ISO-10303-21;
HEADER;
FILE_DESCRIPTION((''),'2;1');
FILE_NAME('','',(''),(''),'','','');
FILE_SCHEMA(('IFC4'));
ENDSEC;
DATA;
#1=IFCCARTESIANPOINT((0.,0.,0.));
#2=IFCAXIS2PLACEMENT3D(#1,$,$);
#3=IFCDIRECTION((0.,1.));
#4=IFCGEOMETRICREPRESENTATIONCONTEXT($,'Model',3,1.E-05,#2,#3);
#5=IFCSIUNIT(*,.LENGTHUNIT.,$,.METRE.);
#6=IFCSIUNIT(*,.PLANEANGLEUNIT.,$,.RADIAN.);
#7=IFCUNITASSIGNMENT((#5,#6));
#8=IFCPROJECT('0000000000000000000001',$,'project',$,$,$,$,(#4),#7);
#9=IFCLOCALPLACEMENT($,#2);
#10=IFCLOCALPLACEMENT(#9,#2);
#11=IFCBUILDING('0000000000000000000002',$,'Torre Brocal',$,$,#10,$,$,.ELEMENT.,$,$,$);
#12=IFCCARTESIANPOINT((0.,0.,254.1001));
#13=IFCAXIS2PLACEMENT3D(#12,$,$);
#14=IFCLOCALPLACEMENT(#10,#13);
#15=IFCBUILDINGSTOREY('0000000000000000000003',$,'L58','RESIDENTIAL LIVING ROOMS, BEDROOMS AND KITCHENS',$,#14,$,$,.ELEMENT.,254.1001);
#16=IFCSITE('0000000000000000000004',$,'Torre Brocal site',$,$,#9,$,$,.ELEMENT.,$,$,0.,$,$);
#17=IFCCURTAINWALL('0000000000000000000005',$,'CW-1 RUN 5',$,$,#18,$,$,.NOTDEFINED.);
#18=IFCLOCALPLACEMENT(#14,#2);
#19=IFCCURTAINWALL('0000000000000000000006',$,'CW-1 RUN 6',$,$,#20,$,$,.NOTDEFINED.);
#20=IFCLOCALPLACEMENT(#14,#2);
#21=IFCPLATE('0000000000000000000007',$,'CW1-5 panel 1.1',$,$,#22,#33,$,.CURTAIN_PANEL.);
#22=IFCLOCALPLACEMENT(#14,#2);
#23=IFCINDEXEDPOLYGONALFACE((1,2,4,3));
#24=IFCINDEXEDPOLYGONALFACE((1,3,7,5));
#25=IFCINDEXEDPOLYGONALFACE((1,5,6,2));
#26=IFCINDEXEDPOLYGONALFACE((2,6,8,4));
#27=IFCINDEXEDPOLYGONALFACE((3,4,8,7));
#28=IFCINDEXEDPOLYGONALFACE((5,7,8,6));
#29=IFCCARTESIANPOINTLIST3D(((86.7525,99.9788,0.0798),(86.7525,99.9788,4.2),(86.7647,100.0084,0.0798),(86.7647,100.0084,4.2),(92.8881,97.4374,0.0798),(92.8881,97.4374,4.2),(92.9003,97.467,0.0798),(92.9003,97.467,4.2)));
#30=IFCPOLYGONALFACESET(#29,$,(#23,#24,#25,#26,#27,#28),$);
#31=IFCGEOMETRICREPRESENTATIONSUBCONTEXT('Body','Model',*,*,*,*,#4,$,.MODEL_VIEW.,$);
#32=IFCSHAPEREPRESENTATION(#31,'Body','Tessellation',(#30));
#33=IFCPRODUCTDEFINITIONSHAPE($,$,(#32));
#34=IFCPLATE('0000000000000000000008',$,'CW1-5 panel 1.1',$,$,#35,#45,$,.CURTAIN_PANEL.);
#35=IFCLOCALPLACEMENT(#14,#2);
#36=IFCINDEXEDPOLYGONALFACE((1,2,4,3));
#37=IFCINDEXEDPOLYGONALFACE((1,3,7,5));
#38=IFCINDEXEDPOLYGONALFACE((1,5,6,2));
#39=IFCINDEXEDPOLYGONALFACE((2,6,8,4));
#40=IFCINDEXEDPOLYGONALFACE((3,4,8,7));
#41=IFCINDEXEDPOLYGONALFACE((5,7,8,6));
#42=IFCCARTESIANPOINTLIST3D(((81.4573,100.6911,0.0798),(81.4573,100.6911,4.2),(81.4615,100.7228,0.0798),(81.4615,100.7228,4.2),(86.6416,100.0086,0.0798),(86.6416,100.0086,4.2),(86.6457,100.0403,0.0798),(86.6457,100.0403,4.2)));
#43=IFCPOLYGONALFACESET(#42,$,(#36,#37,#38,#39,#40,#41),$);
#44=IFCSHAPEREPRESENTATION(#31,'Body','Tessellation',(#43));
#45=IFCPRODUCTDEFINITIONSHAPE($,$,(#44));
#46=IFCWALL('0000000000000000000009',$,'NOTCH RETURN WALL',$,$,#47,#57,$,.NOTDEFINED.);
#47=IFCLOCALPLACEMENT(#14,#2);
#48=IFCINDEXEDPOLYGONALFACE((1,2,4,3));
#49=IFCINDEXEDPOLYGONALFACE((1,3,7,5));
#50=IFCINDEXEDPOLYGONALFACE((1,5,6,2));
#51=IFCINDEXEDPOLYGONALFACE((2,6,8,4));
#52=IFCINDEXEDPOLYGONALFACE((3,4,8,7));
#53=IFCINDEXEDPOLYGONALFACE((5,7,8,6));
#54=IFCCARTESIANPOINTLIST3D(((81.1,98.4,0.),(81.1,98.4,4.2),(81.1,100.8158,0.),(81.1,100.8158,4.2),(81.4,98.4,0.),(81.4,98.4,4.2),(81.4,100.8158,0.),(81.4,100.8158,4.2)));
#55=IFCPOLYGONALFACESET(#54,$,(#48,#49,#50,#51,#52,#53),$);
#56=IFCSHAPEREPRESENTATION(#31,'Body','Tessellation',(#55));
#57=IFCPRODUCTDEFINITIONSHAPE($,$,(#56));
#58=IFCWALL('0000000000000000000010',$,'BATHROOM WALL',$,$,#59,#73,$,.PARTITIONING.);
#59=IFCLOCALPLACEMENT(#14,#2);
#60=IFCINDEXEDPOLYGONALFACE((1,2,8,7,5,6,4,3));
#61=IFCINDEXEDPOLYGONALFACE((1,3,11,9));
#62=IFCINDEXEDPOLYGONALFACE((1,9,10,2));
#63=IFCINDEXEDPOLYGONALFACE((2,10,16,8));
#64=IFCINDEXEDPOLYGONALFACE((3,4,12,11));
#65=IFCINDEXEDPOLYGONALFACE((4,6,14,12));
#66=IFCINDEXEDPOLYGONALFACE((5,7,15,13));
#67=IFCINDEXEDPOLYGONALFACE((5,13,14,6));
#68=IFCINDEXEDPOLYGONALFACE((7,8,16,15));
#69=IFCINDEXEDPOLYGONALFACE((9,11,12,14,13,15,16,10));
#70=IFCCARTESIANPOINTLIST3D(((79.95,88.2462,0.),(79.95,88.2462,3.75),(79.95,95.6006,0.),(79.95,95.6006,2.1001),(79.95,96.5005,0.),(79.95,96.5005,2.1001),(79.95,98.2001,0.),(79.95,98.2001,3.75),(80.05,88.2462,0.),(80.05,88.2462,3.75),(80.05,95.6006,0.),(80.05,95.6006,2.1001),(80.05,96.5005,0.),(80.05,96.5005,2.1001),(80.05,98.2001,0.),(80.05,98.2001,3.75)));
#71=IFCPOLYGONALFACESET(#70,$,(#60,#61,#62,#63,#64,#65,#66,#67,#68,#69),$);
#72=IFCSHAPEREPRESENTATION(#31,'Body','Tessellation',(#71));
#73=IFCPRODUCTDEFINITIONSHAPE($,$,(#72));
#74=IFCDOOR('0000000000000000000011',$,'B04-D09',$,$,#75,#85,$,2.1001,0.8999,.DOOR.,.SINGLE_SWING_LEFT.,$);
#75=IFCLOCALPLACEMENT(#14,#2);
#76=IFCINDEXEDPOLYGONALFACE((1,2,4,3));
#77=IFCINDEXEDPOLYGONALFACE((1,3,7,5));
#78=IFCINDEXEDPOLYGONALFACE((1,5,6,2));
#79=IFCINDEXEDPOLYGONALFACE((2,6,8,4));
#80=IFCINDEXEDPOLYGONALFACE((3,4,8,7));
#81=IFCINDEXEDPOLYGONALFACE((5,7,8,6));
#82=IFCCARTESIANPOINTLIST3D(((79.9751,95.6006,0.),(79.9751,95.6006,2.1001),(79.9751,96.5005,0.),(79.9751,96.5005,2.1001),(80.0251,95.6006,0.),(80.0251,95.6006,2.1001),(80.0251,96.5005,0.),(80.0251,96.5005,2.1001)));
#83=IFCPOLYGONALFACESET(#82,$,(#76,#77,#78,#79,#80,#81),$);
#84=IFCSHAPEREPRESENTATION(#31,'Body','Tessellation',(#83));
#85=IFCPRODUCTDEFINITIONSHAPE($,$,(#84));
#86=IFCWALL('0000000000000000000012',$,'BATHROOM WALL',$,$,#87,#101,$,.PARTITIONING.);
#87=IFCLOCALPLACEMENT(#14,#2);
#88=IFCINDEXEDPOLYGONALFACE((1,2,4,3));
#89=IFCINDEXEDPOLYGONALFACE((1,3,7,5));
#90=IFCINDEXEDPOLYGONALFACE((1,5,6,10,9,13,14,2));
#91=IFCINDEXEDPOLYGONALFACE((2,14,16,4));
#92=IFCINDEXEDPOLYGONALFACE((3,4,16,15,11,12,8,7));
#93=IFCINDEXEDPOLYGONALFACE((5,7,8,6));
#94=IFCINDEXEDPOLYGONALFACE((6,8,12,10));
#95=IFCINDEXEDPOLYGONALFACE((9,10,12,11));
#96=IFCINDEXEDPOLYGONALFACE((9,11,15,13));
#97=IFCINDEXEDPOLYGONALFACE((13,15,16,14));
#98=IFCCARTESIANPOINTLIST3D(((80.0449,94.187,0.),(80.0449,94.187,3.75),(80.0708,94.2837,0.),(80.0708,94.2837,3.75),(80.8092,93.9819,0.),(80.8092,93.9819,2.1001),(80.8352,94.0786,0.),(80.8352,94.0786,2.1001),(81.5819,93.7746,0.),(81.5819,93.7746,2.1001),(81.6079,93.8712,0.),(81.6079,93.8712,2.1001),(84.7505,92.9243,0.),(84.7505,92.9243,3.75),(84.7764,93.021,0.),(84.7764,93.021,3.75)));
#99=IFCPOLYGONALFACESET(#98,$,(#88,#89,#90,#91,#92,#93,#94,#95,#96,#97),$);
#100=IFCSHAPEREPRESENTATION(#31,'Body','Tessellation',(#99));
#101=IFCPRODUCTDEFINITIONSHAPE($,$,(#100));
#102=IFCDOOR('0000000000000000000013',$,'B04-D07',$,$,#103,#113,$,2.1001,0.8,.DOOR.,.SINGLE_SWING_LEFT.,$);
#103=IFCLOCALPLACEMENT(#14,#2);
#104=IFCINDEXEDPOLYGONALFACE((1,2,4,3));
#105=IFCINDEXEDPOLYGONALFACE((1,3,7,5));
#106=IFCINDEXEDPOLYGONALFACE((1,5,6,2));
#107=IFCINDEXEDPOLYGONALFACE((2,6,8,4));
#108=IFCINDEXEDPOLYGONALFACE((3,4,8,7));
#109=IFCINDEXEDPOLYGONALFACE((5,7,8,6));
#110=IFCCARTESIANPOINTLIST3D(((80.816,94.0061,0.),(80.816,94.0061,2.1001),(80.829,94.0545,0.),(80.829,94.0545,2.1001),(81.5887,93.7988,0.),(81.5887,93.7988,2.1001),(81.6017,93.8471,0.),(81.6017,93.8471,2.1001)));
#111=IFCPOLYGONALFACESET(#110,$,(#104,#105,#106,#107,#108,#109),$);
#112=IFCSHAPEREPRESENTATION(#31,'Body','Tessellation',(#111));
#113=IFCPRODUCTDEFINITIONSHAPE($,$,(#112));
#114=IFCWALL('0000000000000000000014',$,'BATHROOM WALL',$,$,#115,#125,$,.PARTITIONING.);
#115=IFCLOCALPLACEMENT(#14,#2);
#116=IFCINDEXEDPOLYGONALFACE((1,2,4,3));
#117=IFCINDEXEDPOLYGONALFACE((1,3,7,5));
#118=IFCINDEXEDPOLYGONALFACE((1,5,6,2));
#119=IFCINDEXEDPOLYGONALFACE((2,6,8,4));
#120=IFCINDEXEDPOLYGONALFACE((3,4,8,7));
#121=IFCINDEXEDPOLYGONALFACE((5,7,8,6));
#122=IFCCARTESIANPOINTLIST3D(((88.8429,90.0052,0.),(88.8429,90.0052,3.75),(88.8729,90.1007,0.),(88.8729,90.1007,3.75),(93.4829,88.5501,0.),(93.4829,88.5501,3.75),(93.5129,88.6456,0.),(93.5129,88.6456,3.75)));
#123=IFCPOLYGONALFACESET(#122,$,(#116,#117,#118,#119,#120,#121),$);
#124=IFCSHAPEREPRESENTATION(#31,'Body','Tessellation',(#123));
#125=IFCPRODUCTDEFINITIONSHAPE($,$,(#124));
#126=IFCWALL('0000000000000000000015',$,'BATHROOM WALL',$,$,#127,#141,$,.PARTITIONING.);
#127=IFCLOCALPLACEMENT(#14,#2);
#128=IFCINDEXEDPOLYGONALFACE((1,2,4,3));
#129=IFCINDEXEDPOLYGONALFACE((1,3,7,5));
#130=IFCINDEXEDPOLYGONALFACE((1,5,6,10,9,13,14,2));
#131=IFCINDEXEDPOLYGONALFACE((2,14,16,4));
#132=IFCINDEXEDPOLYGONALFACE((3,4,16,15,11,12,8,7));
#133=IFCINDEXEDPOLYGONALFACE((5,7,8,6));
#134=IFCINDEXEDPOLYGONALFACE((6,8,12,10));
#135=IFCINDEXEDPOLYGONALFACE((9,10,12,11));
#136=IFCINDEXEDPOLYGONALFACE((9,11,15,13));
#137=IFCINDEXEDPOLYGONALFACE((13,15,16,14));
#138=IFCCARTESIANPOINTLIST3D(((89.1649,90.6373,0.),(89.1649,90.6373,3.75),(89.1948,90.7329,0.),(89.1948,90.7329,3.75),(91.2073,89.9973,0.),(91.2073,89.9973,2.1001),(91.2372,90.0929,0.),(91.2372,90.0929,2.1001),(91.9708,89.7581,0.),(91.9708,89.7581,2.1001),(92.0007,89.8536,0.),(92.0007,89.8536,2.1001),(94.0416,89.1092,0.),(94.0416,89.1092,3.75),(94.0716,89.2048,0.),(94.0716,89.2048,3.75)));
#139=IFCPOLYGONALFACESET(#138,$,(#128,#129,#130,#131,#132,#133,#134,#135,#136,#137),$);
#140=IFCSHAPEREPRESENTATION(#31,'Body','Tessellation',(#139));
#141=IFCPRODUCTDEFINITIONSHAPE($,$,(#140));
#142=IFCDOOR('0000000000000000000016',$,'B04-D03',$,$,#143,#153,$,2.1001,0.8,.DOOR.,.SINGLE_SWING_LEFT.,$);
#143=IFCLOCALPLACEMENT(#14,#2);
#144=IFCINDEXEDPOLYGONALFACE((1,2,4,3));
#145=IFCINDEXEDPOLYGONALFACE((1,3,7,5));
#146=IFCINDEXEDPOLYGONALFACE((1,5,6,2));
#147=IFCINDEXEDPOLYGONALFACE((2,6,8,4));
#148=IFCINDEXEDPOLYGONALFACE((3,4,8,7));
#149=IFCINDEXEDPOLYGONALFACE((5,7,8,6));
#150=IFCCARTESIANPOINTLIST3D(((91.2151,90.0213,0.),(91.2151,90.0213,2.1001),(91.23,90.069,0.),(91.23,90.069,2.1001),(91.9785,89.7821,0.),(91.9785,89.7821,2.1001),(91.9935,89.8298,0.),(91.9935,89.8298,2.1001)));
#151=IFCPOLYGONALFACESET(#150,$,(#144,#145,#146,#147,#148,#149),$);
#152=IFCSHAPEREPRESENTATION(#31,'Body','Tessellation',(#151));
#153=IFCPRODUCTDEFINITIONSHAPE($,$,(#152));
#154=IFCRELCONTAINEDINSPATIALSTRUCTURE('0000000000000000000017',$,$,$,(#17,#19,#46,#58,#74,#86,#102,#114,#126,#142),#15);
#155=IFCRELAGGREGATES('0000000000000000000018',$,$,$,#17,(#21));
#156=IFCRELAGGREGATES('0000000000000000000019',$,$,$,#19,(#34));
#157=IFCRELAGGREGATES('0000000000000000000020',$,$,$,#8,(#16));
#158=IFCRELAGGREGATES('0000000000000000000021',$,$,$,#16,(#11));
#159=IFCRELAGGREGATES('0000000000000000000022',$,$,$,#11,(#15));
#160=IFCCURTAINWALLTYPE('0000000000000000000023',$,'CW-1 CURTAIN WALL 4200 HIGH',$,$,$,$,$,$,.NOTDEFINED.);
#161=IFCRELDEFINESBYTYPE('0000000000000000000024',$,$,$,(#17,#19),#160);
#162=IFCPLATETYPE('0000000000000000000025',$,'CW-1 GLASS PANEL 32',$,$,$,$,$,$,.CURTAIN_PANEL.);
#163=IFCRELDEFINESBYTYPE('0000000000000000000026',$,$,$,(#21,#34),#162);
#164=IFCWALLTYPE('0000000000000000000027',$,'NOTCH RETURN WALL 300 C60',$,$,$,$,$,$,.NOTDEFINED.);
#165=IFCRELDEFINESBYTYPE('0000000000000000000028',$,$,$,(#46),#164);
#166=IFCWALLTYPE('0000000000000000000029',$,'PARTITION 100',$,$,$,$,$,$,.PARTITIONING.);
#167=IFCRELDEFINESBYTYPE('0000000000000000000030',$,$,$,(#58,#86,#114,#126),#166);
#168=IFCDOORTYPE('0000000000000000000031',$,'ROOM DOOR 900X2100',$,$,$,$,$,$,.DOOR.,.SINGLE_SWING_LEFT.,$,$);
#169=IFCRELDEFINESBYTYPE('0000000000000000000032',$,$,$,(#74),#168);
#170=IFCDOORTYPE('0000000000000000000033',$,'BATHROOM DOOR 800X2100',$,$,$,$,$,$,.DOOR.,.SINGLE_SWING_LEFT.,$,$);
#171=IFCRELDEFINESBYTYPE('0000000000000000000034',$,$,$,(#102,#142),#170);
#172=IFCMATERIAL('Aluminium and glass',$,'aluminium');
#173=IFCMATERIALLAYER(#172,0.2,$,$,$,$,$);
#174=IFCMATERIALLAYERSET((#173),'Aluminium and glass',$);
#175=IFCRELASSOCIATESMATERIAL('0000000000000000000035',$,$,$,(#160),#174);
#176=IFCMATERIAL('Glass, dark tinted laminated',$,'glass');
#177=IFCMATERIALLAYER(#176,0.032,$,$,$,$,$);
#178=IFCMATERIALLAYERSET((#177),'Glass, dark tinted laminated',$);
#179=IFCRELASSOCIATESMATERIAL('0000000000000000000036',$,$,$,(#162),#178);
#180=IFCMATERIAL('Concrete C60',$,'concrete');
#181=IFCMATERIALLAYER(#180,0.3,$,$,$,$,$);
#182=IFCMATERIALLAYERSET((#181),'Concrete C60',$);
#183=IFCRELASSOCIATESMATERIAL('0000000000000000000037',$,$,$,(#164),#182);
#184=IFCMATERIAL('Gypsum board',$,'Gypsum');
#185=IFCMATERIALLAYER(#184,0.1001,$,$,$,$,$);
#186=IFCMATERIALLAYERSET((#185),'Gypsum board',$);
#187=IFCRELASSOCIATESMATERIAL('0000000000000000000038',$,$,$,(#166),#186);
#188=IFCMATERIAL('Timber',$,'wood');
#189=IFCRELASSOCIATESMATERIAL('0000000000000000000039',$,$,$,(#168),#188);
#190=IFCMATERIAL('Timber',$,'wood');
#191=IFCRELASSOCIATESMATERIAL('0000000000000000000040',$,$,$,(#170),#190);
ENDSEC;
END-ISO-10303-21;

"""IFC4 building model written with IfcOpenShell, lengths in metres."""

from ifc_helpers import new_model, si_unit, direction, frame, frame_2d, origin, origin_2d, place, context, subcontext, project, spatial, rectangle, extrude, material, layer, layer_set, type_object, element, fill, aggregate, save


model = new_model("IFC4")

# Units and contexts
model_context = context("Model", 3, precision=1e-05, world=origin(), true_north=direction((0.0, 1.0)))
body_context = subcontext(model_context, "Body", "Model", "MODEL_VIEW")
ifc_project = project(units=[si_unit("LENGTHUNIT", "METRE"), si_unit("PLANEANGLEUNIT", "RADIAN")], contexts=[model_context])

# Site, building, storey
site_placement = place(None, origin())
site = spatial("IfcSite", under=ifc_project, at=site_placement, Name="Torre Brocal site", CompositionType="ELEMENT", RefElevation=0.0)
building_placement = place(site_placement, origin())
building = spatial("IfcBuilding", under=site, at=building_placement, Name="Torre Brocal", CompositionType="ELEMENT")
storey_placement = place(building_placement, frame((0.0, 0.0, 254.1001)))
storey = spatial("IfcBuildingStorey", under=building, at=storey_placement, Name="L58", Description="RESIDENTIAL LIVING ROOMS, BEDROOMS AND KITCHENS", CompositionType="ELEMENT", Elevation=254.1001)

# Curtain wall
ifc_material_1 = material(Name="Aluminium and glass", Category="aluminium")
ifc_layer_1 = layer(ifc_material_1, 0.2)
ifc_layer_set_1 = layer_set([ifc_layer_1], Name="Aluminium and glass")
curtain_wall_type = type_object("IfcCurtainWallType", Name="CW-1 CURTAIN WALL 4200 HIGH", PredefinedType="NOTDEFINED", material=ifc_layer_set_1)
curtain_wall_1_placement = place(storey_placement, origin())
curtain_wall_1 = element("IfcCurtainWall", 1, at=curtain_wall_1_placement, inside=storey, type_object=curtain_wall_type, Name="CW-1 RUN 5", PredefinedType="NOTDEFINED")

# Curtain wall
curtain_wall_2_placement = place(storey_placement, origin())
curtain_wall_2 = element("IfcCurtainWall", 2, at=curtain_wall_2_placement, inside=storey, type_object=curtain_wall_type, Name="CW-1 RUN 6", PredefinedType="NOTDEFINED")

# Plates
ifc_material_2 = material(Name="Glass, dark tinted laminated", Category="glass")
ifc_layer_2 = layer(ifc_material_2, 0.032)
ifc_layer_set_2 = layer_set([ifc_layer_2], Name="Glass, dark tinted laminated")
plate_type = type_object("IfcPlateType", Name="CW-1 GLASS PANEL 32", PredefinedType="CURTAIN_PANEL", material=ifc_layer_set_2)
plate_1_placement = place(storey_placement, frame((89.8264, 98.7229, 0.0798), z_axis=(0.0, 0.0, 1.0), x_axis=(-0.92388, 0.382683, 0.0)))
plate_1 = element("IfcPlate", 3, at=plate_1_placement, type_object=plate_type, Name="CW1-5 panel 1.1", PredefinedType="CURTAIN_PANEL", context=body_context, shape_type="SweptSolid", body=[
    extrude(rectangle(XDim=6.6411, YDim=0.032, at=origin_2d()), origin(), (0.0, 0.0, 1.0), 4.1201),
])
aggregate(curtain_wall_1, [plate_1])
plate_2_placement = place(storey_placement, frame((84.0515, 100.3657, 0.0798), z_axis=(0.0, 0.0, 1.0), x_axis=(-0.991445, 0.130526, 0.0)))
plate_2 = element("IfcPlate", 4, at=plate_2_placement, type_object=plate_type, Name="CW1-5 panel 1.1", PredefinedType="CURTAIN_PANEL", context=body_context, shape_type="SweptSolid", body=[
    extrude(rectangle(XDim=5.229, YDim=0.032, at=origin_2d()), origin(), (0.0, 0.0, 1.0), 4.1201),
])
aggregate(curtain_wall_2, [plate_2])

# Wall
ifc_material_3 = material(Name="Concrete C60", Category="concrete")
ifc_layer_3 = layer(ifc_material_3, 0.3)
ifc_layer_set_3 = layer_set([ifc_layer_3], Name="Concrete C60")
wall_type_1 = type_object("IfcWallType", Name="NOTCH RETURN WALL 300 C60", PredefinedType="NOTDEFINED", material=ifc_layer_set_3)
wall_1_placement = place(storey_placement, frame((81.25, 98.3999, 0.0), z_axis=(0.0, 0.0, 1.0), x_axis=(0.0, 1.0, 0.0)))
element("IfcWall", 5, at=wall_1_placement, inside=storey, type_object=wall_type_1, Name="NOTCH RETURN WALL", PredefinedType="NOTDEFINED", context=body_context, shape_type="SweptSolid", body=[
    extrude(rectangle(XDim=2.4158, YDim=0.3, at=frame_2d((1.208, 0.0))), origin(), (0.0, 0.0, 1.0), 4.2),
])

# Walls, openings, doors
ifc_material_4 = material(Name="Gypsum board", Category="Gypsum")
ifc_layer_4 = layer(ifc_material_4, 0.1001)
ifc_layer_set_4 = layer_set([ifc_layer_4], Name="Gypsum board")
wall_type_2 = type_object("IfcWallType", Name="PARTITION 100", PredefinedType="PARTITIONING", material=ifc_layer_set_4)
wall_2_placement = place(storey_placement, frame((80.0, 88.2461, 0.0), z_axis=(0.0, 0.0, 1.0), x_axis=(0.0, 1.0, 0.0)))
wall_2 = element("IfcWall", 6, at=wall_2_placement, inside=storey, type_object=wall_type_2, Name="BATHROOM WALL", PredefinedType="PARTITIONING", context=body_context, shape_type="SweptSolid", body=[
    extrude(rectangle(XDim=9.9539, YDim=0.1001, at=frame_2d((4.9771, 0.0))), origin(), (0.0, 0.0, 1.0), 3.75),
])
opening_1_placement = place(wall_2_placement, frame((7.3545, 0.0, 0.0)))
opening_1 = element("IfcOpeningElement", 7, at=opening_1_placement, cuts=wall_2, PredefinedType="OPENING", context=body_context, shape_type="SweptSolid", body=[
    extrude(rectangle(XDim=0.8999, YDim=2.1001, at=frame_2d((0.45, 1.05))), frame((0.0, 0.0601, 0.0), z_axis=(0.0, -1.0, 0.0), x_axis=(1.0, 0.0, 0.0)), (0.0, 0.0, 1.0), 0.1201),
])
ifc_material_5 = material(Name="Timber", Category="wood")
door_type_1 = type_object("IfcDoorType", Name="ROOM DOOR 900X2100", OperationType="SINGLE_SWING_LEFT", PredefinedType="DOOR", material=ifc_material_5)
door_1_placement = place(opening_1_placement, origin())
door_1 = element("IfcDoor", 8, at=door_1_placement, inside=storey, type_object=door_type_1, Name="B04-D09", OperationType="SINGLE_SWING_LEFT", OverallHeight=2.1001, OverallWidth=0.8999, PredefinedType="DOOR", context=body_context, shape_type="SweptSolid", body=[
    extrude(rectangle(XDim=0.8999, YDim=2.1001, at=frame_2d((0.45, 1.05))), frame((0.0, 0.0249, 0.0), z_axis=(0.0, -1.0, 0.0), x_axis=(1.0, 0.0, 0.0)), (0.0, 0.0, 1.0), 0.05),
])
fill(opening_1, door_1)
wall_3_placement = place(storey_placement, frame((80.0579, 94.2354, 0.0), z_axis=(0.0, 0.0, 1.0), x_axis=(0.965831, -0.259172, 0.0)))
wall_3 = element("IfcWall", 9, at=wall_3_placement, inside=storey, type_object=wall_type_2, Name="BATHROOM WALL", PredefinedType="PARTITIONING", context=body_context, shape_type="SweptSolid", body=[
    extrude(rectangle(XDim=4.8721, YDim=0.1001, at=frame_2d((2.436, 0.0))), origin(), (0.0, 0.0, 1.0), 3.75),
])
opening_2_placement = place(wall_3_placement, frame((0.7915, 0.0, 0.0)))
opening_2 = element("IfcOpeningElement", 10, at=opening_2_placement, cuts=wall_3, PredefinedType="OPENING", context=body_context, shape_type="SweptSolid", body=[
    extrude(rectangle(XDim=0.8, YDim=2.1001, at=frame_2d((0.3999, 1.05))), frame((0.0, 0.0601, 0.0), z_axis=(0.0, -1.0, 0.0), x_axis=(1.0, 0.0, 0.0)), (0.0, 0.0, 1.0), 0.1201),
])
ifc_material_6 = material(Name="Timber", Category="wood")
door_type_2 = type_object("IfcDoorType", Name="BATHROOM DOOR 800X2100", OperationType="SINGLE_SWING_LEFT", PredefinedType="DOOR", material=ifc_material_6)
door_2_placement = place(opening_2_placement, frame((0.8, 0.0, 0.0), z_axis=(0.0, 0.0, 1.0), x_axis=(-1.0, 0.0, 0.0)))
door_2 = element("IfcDoor", 11, at=door_2_placement, inside=storey, type_object=door_type_2, Name="B04-D07", OperationType="SINGLE_SWING_LEFT", OverallHeight=2.1001, OverallWidth=0.8, PredefinedType="DOOR", context=body_context, shape_type="SweptSolid", body=[
    extrude(rectangle(XDim=0.8, YDim=2.1001, at=frame_2d((0.3999, 1.05))), frame((0.0, 0.0249, 0.0), z_axis=(0.0, -1.0, 0.0), x_axis=(1.0, 0.0, 0.0)), (0.0, 0.0, 1.0), 0.05),
])
fill(opening_2, door_2)

# Wall
wall_4_placement = place(storey_placement, frame((88.8579, 90.053, 0.0), z_axis=(0.0, 0.0, 1.0), x_axis=(0.95418, -0.299233, 0.0)))
element("IfcWall", 12, at=wall_4_placement, inside=storey, type_object=wall_type_2, Name="BATHROOM WALL", PredefinedType="PARTITIONING", context=body_context, shape_type="SweptSolid", body=[
    extrude(rectangle(XDim=4.8628, YDim=0.1001, at=frame_2d((2.4314, 0.0))), origin(), (0.0, 0.0, 1.0), 3.75),
])

# Wall, opening, door
wall_5_placement = place(storey_placement, frame((89.1799, 90.6851, 0.0), z_axis=(0.0, 0.0, 1.0), x_axis=(0.954251, -0.299007, 0.0)))
wall_5 = element("IfcWall", 13, at=wall_5_placement, inside=storey, type_object=wall_type_2, Name="BATHROOM WALL", PredefinedType="PARTITIONING", context=body_context, shape_type="SweptSolid", body=[
    extrude(rectangle(XDim=5.1106, YDim=0.1001, at=frame_2d((2.5552, 0.0))), origin(), (0.0, 0.0, 1.0), 3.75),
])
opening_3_placement = place(wall_5_placement, frame((2.1404, 0.0, 0.0)))
opening_3 = element("IfcOpeningElement", 14, at=opening_3_placement, cuts=wall_5, PredefinedType="OPENING", context=body_context, shape_type="SweptSolid", body=[
    extrude(rectangle(XDim=0.8, YDim=2.1001, at=frame_2d((0.3999, 1.05))), frame((0.0, 0.0601, 0.0), z_axis=(0.0, -1.0, 0.0), x_axis=(1.0, 0.0, 0.0)), (0.0, 0.0, 1.0), 0.1201),
])
door_3_placement = place(opening_3_placement, frame((0.8, 0.0, 0.0), z_axis=(0.0, 0.0, 1.0), x_axis=(-1.0, 0.0, 0.0)))
door_3 = element("IfcDoor", 15, at=door_3_placement, inside=storey, type_object=door_type_2, Name="B04-D03", OperationType="SINGLE_SWING_LEFT", OverallHeight=2.1001, OverallWidth=0.8, PredefinedType="DOOR", context=body_context, shape_type="SweptSolid", body=[
    extrude(rectangle(XDim=0.8, YDim=2.1001, at=frame_2d((0.3999, 1.05))), frame((0.0, 0.0249, 0.0), z_axis=(0.0, -1.0, 0.0), x_axis=(1.0, 0.0, 0.0)), (0.0, 0.0, 1.0), 0.05),
])
fill(opening_3, door_3)

save(model, "model.ifc")
